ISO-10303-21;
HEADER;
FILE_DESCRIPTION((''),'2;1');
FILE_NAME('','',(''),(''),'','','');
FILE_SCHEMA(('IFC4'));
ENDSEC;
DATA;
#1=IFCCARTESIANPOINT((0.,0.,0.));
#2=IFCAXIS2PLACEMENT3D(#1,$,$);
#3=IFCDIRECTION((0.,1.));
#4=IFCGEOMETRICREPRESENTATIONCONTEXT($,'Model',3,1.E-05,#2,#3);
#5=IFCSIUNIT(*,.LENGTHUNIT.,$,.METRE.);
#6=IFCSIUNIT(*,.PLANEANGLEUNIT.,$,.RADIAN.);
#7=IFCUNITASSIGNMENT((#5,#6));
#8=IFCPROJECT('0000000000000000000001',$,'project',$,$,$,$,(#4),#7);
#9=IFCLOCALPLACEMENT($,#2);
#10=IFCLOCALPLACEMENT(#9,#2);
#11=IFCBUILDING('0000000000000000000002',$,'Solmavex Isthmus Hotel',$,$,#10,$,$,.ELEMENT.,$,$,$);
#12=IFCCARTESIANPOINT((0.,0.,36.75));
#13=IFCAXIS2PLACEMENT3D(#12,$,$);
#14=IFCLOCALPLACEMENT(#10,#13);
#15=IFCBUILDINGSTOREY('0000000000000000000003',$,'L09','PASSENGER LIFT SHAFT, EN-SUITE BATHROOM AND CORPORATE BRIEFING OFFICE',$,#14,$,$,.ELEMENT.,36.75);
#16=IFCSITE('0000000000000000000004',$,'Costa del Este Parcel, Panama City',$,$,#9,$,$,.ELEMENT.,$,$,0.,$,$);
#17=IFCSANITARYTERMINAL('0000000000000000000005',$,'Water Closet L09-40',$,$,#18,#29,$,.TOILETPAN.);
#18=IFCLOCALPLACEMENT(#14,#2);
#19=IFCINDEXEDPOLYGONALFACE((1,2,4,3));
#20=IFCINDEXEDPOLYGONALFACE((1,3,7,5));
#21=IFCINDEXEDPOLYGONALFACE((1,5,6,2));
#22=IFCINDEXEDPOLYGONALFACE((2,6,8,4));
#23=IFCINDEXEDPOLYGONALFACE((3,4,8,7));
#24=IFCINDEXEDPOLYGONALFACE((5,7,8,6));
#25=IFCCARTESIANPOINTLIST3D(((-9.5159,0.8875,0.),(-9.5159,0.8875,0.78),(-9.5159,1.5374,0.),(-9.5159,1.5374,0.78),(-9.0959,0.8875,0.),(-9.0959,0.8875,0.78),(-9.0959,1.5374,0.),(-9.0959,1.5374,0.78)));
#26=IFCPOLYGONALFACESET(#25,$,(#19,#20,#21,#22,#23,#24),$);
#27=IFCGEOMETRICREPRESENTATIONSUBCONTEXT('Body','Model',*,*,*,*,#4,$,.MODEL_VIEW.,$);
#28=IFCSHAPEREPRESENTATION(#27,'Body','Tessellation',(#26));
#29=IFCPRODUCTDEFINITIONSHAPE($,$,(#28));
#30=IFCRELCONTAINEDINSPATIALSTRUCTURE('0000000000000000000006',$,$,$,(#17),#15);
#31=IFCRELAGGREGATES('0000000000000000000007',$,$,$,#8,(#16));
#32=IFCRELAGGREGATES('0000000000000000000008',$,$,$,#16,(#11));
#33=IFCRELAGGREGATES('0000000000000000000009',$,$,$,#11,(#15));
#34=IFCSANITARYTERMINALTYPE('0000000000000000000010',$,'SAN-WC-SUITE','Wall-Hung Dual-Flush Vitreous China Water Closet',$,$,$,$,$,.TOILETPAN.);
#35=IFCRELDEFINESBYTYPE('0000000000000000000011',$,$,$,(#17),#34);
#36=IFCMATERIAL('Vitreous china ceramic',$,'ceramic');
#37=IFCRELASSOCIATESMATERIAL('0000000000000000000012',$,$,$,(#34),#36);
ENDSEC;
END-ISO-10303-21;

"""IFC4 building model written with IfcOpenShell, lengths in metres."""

from ifc_helpers import new_model, si_unit, direction, frame, origin, origin_2d, place, context, subcontext, project, spatial, rectangle, extrude, material, type_object, element, save


model = new_model("IFC4")

# Units and contexts
model_context = context("Model", 3, precision=1e-05, world=origin(), true_north=direction((0.0, 1.0)))
body_context = subcontext(model_context, "Body", "Model", "MODEL_VIEW")
ifc_project = project(units=[si_unit("LENGTHUNIT", "METRE"), si_unit("PLANEANGLEUNIT", "RADIAN")], contexts=[model_context])

# Site, building, storey
site_placement = place(None, origin())
site = spatial("IfcSite", under=ifc_project, at=site_placement, Name="Costa del Este Parcel, Panama City", CompositionType="ELEMENT", RefElevation=0.0)
building_placement = place(site_placement, origin())
building = spatial("IfcBuilding", under=site, at=building_placement, Name="Solmavex Isthmus Hotel", CompositionType="ELEMENT")
storey_placement = place(building_placement, frame((0.0, 0.0, 36.75)))
storey = spatial("IfcBuildingStorey", under=building, at=storey_placement, Name="L09", Description="PASSENGER LIFT SHAFT, EN-SUITE BATHROOM AND CORPORATE BRIEFING OFFICE", CompositionType="ELEMENT", Elevation=36.75)

# Sanitary terminal
ifc_material_1 = material(Name="Vitreous china ceramic", Category="ceramic")
sanitary_terminal_type_1 = type_object("IfcSanitaryTerminalType", Name="SAN-WC-SUITE", Description="Wall-Hung Dual-Flush Vitreous China Water Closet", PredefinedType="TOILETPAN", material=ifc_material_1)
sanitary_terminal_1_placement = place(storey_placement, frame((-9.3059, 1.2124, 0.0), z_axis=(0.0, 0.0, 1.0), x_axis=(1.0, 0.0, 0.0)))
element("IfcSanitaryTerminal", 1, at=sanitary_terminal_1_placement, inside=storey, type_object=sanitary_terminal_type_1, Name="Water Closet L09-40", PredefinedType="TOILETPAN", context=body_context, shape_type="SweptSolid", body=[
    extrude(rectangle(XDim=0.4199, YDim=0.6499, at=origin_2d()), origin(), (0.0, 0.0, 1.0), 0.78),
])

save(model, "model.ifc")
